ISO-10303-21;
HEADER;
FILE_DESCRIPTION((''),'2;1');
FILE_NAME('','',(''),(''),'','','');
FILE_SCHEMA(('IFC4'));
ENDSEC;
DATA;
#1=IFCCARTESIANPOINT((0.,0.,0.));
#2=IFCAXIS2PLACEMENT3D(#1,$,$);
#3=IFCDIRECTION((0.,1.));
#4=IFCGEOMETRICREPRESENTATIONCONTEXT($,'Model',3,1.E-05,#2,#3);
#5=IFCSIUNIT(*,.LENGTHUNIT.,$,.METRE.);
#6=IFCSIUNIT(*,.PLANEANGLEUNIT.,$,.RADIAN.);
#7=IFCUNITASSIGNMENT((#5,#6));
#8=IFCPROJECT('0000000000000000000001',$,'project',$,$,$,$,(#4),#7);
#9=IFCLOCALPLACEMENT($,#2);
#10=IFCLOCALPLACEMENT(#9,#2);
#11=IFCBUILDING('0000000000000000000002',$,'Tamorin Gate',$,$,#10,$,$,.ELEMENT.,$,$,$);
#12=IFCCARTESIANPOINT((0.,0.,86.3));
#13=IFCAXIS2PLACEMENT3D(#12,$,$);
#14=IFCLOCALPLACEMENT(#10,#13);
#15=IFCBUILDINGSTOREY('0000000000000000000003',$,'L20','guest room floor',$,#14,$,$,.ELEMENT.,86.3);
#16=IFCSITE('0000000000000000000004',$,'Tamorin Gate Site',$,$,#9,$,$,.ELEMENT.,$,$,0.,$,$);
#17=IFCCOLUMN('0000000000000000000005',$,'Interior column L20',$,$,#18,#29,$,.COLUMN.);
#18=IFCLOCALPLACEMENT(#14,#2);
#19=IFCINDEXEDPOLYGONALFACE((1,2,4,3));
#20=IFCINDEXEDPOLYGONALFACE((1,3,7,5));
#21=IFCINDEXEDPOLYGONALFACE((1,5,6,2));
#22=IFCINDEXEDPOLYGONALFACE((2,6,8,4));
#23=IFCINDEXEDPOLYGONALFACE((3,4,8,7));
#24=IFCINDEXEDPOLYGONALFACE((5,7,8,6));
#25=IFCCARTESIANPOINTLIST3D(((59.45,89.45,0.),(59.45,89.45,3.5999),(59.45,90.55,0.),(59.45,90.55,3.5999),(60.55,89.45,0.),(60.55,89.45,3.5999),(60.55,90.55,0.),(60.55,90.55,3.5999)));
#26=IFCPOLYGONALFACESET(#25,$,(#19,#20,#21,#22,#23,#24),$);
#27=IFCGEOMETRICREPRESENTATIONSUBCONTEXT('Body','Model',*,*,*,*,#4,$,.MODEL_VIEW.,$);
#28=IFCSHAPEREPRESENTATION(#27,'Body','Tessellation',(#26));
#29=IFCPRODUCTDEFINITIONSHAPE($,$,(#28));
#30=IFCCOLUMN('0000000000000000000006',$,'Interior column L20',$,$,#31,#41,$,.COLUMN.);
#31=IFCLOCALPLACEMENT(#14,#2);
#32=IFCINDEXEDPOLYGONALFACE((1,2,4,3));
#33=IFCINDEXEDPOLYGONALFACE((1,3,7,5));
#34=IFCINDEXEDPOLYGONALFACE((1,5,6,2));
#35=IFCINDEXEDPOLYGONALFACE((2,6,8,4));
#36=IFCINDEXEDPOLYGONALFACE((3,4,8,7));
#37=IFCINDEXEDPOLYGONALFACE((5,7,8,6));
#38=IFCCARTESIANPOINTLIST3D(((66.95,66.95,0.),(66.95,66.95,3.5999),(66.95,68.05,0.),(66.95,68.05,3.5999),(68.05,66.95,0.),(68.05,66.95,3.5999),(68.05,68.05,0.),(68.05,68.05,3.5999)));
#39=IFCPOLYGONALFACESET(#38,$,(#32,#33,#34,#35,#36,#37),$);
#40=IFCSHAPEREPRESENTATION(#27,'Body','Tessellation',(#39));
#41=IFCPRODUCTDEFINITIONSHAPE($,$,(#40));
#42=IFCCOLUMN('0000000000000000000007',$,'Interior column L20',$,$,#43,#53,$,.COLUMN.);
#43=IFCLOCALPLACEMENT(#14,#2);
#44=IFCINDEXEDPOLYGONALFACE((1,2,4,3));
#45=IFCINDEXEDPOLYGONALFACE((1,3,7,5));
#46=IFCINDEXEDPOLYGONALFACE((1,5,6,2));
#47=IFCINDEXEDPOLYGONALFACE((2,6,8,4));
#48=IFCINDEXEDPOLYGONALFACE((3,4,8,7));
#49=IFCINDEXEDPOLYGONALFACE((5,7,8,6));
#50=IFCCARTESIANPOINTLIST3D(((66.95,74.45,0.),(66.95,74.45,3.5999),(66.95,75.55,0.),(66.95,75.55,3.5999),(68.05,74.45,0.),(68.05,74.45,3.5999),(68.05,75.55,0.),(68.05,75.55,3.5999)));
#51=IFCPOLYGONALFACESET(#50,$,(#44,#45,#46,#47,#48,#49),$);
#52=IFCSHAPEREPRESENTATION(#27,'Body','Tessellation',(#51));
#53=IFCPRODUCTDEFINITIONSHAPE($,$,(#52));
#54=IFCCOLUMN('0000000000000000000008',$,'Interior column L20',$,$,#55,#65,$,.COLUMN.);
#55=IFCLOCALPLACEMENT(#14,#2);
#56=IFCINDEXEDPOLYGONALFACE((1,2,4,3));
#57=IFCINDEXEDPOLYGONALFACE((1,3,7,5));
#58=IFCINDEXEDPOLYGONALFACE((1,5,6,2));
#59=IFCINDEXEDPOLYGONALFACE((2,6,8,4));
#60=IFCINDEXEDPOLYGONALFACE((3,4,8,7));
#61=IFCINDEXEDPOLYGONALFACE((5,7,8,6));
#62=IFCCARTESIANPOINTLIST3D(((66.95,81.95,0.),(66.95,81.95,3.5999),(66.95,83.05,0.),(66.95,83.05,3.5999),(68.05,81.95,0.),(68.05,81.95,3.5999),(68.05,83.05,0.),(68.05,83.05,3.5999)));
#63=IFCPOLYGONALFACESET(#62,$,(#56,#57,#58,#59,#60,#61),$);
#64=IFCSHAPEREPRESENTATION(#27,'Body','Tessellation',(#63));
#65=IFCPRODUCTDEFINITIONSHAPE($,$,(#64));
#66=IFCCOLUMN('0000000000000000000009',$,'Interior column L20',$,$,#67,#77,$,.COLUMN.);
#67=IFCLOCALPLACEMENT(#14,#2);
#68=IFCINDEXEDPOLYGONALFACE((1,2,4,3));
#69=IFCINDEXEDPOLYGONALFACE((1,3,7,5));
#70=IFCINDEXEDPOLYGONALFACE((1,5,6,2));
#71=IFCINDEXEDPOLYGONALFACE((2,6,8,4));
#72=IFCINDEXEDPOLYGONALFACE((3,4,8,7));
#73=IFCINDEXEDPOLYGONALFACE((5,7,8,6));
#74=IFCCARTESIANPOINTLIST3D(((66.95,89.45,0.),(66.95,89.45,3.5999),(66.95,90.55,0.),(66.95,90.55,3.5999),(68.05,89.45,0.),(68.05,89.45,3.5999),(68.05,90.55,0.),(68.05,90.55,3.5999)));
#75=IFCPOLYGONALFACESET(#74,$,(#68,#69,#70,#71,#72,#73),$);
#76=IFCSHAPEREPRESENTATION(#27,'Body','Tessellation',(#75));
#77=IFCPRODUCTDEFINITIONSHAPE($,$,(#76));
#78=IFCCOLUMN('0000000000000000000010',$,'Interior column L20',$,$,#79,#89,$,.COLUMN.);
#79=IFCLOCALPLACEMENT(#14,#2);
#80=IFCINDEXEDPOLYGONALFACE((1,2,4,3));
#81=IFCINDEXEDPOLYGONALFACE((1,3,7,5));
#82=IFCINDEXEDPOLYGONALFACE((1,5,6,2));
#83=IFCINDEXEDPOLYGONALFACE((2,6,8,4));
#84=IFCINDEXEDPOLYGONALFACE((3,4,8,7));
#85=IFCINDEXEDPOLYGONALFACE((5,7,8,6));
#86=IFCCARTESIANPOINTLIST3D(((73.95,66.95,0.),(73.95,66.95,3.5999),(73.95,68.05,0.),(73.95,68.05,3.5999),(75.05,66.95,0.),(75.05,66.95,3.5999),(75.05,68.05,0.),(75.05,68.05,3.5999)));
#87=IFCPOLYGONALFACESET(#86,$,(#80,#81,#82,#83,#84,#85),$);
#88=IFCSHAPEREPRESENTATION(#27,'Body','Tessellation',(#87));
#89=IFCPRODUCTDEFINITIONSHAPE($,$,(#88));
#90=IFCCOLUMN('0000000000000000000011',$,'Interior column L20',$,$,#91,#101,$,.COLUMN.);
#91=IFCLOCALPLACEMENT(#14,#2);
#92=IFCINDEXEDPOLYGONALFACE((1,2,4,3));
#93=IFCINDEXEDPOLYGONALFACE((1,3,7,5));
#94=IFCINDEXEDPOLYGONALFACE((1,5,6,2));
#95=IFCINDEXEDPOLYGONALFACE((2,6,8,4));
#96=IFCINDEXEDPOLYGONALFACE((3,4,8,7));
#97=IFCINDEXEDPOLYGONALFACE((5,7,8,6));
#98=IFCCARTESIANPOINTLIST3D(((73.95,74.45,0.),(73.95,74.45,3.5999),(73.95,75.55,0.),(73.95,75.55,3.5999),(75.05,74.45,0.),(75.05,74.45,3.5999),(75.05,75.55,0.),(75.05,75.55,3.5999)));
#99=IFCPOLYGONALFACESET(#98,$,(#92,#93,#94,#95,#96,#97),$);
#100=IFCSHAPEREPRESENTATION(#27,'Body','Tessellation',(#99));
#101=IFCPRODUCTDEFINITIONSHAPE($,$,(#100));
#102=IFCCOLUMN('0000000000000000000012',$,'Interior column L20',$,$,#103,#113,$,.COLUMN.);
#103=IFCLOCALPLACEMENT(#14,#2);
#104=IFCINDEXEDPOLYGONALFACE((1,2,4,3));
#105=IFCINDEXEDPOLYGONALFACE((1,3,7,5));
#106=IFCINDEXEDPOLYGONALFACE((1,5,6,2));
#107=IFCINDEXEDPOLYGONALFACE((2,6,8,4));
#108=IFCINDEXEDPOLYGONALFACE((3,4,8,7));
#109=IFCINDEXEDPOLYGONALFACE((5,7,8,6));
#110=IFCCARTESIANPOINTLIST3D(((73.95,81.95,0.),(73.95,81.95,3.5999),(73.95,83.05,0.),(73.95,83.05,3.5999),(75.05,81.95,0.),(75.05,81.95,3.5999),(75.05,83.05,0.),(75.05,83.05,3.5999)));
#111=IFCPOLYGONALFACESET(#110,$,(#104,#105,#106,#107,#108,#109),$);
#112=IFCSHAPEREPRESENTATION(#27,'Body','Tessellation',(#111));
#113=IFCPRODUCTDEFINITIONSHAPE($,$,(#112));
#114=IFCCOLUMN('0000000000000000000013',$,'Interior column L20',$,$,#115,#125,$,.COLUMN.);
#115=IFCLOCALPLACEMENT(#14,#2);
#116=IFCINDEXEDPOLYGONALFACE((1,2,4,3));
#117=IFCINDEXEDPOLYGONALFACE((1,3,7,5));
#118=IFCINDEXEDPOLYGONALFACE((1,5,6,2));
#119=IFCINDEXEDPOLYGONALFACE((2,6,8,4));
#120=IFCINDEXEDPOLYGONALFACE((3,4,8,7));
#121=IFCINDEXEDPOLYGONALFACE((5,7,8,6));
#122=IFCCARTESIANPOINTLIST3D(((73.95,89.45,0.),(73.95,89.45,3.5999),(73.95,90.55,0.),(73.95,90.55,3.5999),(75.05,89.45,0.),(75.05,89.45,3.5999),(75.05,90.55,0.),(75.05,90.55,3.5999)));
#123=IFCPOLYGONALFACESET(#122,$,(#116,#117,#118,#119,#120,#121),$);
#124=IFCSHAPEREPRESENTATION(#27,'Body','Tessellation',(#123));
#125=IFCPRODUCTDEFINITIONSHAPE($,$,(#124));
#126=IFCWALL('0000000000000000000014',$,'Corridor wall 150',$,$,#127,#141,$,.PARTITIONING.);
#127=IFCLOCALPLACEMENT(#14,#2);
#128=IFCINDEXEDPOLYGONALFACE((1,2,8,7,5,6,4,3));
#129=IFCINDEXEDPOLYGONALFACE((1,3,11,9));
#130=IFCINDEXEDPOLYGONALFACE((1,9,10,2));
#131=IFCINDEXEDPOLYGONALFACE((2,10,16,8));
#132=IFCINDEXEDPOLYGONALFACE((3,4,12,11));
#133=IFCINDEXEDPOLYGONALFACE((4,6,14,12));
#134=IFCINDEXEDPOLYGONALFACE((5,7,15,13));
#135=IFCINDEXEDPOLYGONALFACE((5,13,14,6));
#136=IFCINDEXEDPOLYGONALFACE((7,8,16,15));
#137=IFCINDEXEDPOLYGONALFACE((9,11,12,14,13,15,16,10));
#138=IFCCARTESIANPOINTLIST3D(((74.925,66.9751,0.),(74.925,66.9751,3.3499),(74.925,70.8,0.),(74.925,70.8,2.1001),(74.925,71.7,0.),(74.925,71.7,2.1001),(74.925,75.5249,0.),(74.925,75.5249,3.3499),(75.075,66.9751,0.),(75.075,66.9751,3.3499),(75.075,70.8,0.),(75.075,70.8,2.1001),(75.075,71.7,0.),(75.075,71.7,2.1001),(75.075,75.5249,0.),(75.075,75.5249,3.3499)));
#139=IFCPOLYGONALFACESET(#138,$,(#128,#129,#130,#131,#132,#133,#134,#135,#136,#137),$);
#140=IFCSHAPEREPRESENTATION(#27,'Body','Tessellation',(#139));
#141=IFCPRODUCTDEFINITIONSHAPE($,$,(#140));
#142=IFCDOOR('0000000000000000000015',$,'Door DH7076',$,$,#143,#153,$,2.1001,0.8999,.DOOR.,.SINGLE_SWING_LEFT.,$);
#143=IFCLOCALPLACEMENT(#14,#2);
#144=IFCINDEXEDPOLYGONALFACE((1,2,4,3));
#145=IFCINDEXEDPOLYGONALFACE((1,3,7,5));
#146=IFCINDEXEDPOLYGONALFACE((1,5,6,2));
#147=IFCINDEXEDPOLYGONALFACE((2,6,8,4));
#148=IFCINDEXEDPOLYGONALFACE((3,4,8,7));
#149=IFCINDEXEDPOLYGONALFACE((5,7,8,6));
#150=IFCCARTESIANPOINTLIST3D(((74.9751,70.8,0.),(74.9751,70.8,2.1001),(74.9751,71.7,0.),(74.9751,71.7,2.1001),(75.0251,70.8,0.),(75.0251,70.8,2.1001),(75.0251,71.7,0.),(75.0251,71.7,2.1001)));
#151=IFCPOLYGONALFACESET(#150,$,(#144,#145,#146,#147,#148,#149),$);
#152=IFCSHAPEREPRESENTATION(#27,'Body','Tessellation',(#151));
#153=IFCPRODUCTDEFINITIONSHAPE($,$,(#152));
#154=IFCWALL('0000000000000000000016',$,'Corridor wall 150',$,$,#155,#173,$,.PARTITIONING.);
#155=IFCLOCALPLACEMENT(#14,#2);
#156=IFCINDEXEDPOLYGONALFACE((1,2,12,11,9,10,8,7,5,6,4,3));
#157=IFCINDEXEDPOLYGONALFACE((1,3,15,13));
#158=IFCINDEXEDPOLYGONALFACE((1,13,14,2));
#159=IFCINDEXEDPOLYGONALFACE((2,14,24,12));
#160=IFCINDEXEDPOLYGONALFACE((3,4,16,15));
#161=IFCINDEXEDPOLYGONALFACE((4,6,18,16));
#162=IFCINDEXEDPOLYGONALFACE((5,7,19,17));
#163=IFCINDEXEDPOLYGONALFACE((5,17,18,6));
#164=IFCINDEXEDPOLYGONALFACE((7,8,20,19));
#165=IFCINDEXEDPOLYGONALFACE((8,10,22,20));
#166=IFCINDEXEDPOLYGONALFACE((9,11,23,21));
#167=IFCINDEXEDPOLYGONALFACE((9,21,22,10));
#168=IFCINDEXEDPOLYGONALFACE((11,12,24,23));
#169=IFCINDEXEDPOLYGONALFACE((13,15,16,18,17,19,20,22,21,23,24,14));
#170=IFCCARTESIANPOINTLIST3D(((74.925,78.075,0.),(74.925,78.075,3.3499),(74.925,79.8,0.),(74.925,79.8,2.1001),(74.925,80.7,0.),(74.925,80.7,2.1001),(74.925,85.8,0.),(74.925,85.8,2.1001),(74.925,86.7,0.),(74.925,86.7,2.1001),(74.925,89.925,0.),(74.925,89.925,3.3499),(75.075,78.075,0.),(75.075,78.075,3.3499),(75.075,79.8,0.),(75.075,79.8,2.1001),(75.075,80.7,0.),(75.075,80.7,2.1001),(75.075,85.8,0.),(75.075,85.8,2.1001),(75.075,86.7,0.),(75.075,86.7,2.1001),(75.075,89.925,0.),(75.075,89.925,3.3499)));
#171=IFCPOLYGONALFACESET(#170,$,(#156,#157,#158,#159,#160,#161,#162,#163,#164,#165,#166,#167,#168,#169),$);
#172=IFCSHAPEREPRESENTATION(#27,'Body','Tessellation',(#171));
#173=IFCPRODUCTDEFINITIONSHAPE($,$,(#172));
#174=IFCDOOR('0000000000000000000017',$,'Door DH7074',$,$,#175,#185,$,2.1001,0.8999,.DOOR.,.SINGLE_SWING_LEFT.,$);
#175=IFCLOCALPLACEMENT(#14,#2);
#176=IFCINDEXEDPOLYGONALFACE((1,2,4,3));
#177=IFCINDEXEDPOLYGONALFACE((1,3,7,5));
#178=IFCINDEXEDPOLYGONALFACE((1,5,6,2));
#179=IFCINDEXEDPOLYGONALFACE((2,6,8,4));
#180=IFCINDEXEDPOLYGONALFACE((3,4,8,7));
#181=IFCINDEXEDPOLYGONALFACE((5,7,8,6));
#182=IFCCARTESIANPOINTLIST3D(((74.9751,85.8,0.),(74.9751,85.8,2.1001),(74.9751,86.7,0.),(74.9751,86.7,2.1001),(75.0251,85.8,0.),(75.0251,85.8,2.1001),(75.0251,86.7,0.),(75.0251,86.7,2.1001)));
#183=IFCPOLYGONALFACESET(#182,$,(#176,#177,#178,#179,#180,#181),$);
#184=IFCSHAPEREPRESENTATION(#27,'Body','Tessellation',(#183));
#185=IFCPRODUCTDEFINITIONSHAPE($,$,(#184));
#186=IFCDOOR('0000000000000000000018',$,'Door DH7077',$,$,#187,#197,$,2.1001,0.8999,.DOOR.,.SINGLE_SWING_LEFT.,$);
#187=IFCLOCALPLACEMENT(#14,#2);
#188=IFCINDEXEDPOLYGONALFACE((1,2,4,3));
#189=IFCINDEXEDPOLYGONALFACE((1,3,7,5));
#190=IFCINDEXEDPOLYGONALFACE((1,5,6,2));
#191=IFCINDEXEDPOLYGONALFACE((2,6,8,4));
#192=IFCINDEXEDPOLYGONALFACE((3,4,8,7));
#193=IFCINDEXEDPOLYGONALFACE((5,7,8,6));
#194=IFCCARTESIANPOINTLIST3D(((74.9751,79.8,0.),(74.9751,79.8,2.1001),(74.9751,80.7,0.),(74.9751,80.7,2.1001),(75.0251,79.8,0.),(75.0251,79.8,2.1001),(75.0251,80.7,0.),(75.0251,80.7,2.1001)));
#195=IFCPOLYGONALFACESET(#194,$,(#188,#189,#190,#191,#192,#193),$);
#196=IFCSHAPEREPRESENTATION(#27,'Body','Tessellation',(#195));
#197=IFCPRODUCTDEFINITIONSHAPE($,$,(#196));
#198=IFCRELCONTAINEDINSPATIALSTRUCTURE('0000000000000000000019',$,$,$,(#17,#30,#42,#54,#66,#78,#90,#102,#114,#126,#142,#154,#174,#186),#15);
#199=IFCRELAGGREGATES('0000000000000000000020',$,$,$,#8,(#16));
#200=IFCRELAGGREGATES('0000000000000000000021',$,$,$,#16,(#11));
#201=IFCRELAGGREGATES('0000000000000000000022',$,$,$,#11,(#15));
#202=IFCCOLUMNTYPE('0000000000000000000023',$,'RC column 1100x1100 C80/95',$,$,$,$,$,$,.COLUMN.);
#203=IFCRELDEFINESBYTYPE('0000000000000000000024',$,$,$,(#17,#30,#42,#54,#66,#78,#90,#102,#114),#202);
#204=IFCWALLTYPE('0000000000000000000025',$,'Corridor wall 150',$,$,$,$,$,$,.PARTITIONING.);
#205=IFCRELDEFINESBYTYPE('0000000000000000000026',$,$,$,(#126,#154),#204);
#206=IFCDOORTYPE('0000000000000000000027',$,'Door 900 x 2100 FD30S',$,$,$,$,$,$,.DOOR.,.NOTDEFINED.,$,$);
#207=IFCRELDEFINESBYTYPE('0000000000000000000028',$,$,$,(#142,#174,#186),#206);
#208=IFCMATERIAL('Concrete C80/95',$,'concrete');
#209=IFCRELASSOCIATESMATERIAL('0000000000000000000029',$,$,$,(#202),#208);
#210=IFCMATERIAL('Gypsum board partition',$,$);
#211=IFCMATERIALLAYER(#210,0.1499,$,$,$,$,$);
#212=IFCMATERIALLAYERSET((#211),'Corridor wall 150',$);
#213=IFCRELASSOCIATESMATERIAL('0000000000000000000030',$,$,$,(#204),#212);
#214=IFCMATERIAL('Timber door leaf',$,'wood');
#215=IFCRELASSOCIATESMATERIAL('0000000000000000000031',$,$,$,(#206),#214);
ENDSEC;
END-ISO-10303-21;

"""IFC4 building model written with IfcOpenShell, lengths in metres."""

from ifc_helpers import new_model, si_unit, direction, frame, frame_2d, origin, origin_2d, place, context, subcontext, project, spatial, rectangle, extrude, material, layer, layer_set, material_profile, profile_set, type_object, element, fill, save


model = new_model("IFC4")

# Units and contexts
model_context = context("Model", 3, precision=1e-05, world=origin(), true_north=direction((0.0, 1.0)))
body_context = subcontext(model_context, "Body", "Model", "MODEL_VIEW")
ifc_project = project(units=[si_unit("LENGTHUNIT", "METRE"), si_unit("PLANEANGLEUNIT", "RADIAN")], contexts=[model_context])

# Site, building, storey
site_placement = place(None, origin())
site = spatial("IfcSite", under=ifc_project, at=site_placement, Name="Tamorin Gate Site", CompositionType="ELEMENT", RefElevation=0.0)
building_placement = place(site_placement, origin())
building = spatial("IfcBuilding", under=site, at=building_placement, Name="Tamorin Gate", CompositionType="ELEMENT")
storey_placement = place(building_placement, frame((0.0, 0.0, 86.3)))
storey = spatial("IfcBuildingStorey", under=building, at=storey_placement, Name="L20", Description="guest room floor", CompositionType="ELEMENT", Elevation=86.3)

# Columns
ifc_material_1 = material(Name="Concrete C80/95", Category="concrete")
ifc_material_profile = material_profile(ifc_material_1, rectangle(XDim=1.1001, YDim=1.1001, at=origin_2d()), Name="RC 1100x1100")
ifc_profile_set = profile_set([ifc_material_profile], Name="Concrete C80/95")
column_type = type_object("IfcColumnType", Name="RC column 1100x1100 C80/95", PredefinedType="COLUMN", material=ifc_profile_set)
for number, where, z_axis, x_axis, name in (
    (1, (60.0, 90.0, 0.0), (0.0, 0.0, 1.0), (1.0, 0.0, 0.0), "Interior column L20"),
    (2, (67.5, 67.5, 0.0), (0.0, 0.0, 1.0), (1.0, 0.0, 0.0), "Interior column L20"),
    (3, (67.5, 75.0, 0.0), (0.0, 0.0, 1.0), (1.0, 0.0, 0.0), "Interior column L20"),
    (4, (67.5, 82.5, 0.0), (0.0, 0.0, 1.0), (1.0, 0.0, 0.0), "Interior column L20"),
    (5, (67.5, 90.0, 0.0), (0.0, 0.0, 1.0), (1.0, 0.0, 0.0), "Interior column L20"),
    (6, (74.5, 67.5, 0.0), (0.0, 0.0, 1.0), (1.0, 0.0, 0.0), "Interior column L20"),
    (7, (74.5, 75.0, 0.0), (0.0, 0.0, 1.0), (1.0, 0.0, 0.0), "Interior column L20"),
    (8, (74.5, 82.5, 0.0), (0.0, 0.0, 1.0), (1.0, 0.0, 0.0), "Interior column L20"),
    (9, (74.5, 90.0, 0.0), (0.0, 0.0, 1.0), (1.0, 0.0, 0.0), "Interior column L20"),
):
    element("IfcColumn", number, at=place(storey_placement, frame(where, z_axis=z_axis, x_axis=x_axis)), inside=storey, type_object=column_type, Name=name, PredefinedType="COLUMN", context=body_context, shape_type="SweptSolid", body=[
        extrude(rectangle(XDim=1.1001, YDim=1.1001, at=origin_2d()), origin(), (0.0, 0.0, 1.0), 3.5999),
    ])

# Wall, opening, door
ifc_material_2 = material(Name="Gypsum board partition")
ifc_layer_1 = layer(ifc_material_2, 0.1499)
ifc_layer_set_1 = layer_set([ifc_layer_1], Name="Corridor wall 150")
wall_type_1 = type_object("IfcWallType", Name="Corridor wall 150", PredefinedType="PARTITIONING", material=ifc_layer_set_1)
wall_1_placement = place(storey_placement, frame((75.0, 66.9751, 0.0), z_axis=(0.0, 0.0, 1.0), x_axis=(0.0, 1.0, 0.0)))
wall_1 = element("IfcWall", 10, at=wall_1_placement, inside=storey, type_object=wall_type_1, Name="Corridor wall 150", PredefinedType="PARTITIONING", context=body_context, shape_type="SweptSolid", body=[
    extrude(rectangle(XDim=8.5498, YDim=0.1499, at=frame_2d((4.2749, 0.0))), origin(), (0.0, 0.0, 1.0), 3.3499),
])
opening_1_placement = place(wall_1_placement, frame((3.825, 0.0, 0.0)))
opening_1 = element("IfcOpeningElement", 11, at=opening_1_placement, cuts=wall_1, PredefinedType="OPENING", context=body_context, shape_type="SweptSolid", body=[
    extrude(rectangle(XDim=0.8999, YDim=2.1001, at=frame_2d((0.45, 1.05))), frame((0.0, 0.085, 0.0), z_axis=(0.0, -1.0, 0.0), x_axis=(1.0, 0.0, 0.0)), (0.0, 0.0, 1.0), 0.1699),
])
ifc_material_3 = material(Name="Timber door leaf", Category="wood")
door_type = type_object("IfcDoorType", Name="Door 900 x 2100 FD30S", OperationType="NOTDEFINED", PredefinedType="DOOR", material=ifc_material_3)
door_1_placement = place(opening_1_placement, origin())
door_1 = element("IfcDoor", 12, at=door_1_placement, inside=storey, type_object=door_type, Name="Door DH7076", OperationType="SINGLE_SWING_LEFT", OverallHeight=2.1001, OverallWidth=0.8999, PredefinedType="DOOR", context=body_context, shape_type="SweptSolid", body=[
    extrude(rectangle(XDim=0.8999, YDim=2.1001, at=frame_2d((0.45, 1.05))), frame((0.0, 0.0249, 0.0), z_axis=(0.0, -1.0, 0.0), x_axis=(1.0, 0.0, 0.0)), (0.0, 0.0, 1.0), 0.05),
])
fill(opening_1, door_1)

# Wall, openings, doors
wall_2_placement = place(storey_placement, frame((75.0, 78.075, 0.0), z_axis=(0.0, 0.0, 1.0), x_axis=(0.0, 1.0, 0.0)))
wall_2 = element("IfcWall", 13, at=wall_2_placement, inside=storey, type_object=wall_type_1, Name="Corridor wall 150", PredefinedType="PARTITIONING", context=body_context, shape_type="SweptSolid", body=[
    extrude(rectangle(XDim=11.8501, YDim=0.1499, at=frame_2d((5.925, 0.0))), origin(), (0.0, 0.0, 1.0), 3.3499),
])
opening_2_placement = place(wall_2_placement, frame((7.7251, 0.0, 0.0)))
opening_2 = element("IfcOpeningElement", 14, at=opening_2_placement, cuts=wall_2, PredefinedType="OPENING", context=body_context, shape_type="SweptSolid", body=[
    extrude(rectangle(XDim=0.8999, YDim=2.1001, at=frame_2d((0.45, 1.05))), frame((0.0, 0.085, 0.0), z_axis=(0.0, -1.0, 0.0), x_axis=(1.0, 0.0, 0.0)), (0.0, 0.0, 1.0), 0.1699),
])
opening_3_placement = place(wall_2_placement, frame((1.7251, 0.0, 0.0)))
opening_3 = element("IfcOpeningElement", 15, at=opening_3_placement, cuts=wall_2, PredefinedType="OPENING", context=body_context, shape_type="SweptSolid", body=[
    extrude(rectangle(XDim=0.8999, YDim=2.1001, at=frame_2d((0.45, 1.05))), frame((0.0, 0.085, 0.0), z_axis=(0.0, -1.0, 0.0), x_axis=(1.0, 0.0, 0.0)), (0.0, 0.0, 1.0), 0.1699),
])
door_2_placement = place(opening_2_placement, origin())
door_2 = element("IfcDoor", 16, at=door_2_placement, inside=storey, type_object=door_type, Name="Door DH7074", OperationType="SINGLE_SWING_LEFT", OverallHeight=2.1001, OverallWidth=0.8999, PredefinedType="DOOR", context=body_context, shape_type="SweptSolid", body=[
    extrude(rectangle(XDim=0.8999, YDim=2.1001, at=frame_2d((0.45, 1.05))), frame((0.0, 0.0249, 0.0), z_axis=(0.0, -1.0, 0.0), x_axis=(1.0, 0.0, 0.0)), (0.0, 0.0, 1.0), 0.05),
])
fill(opening_2, door_2)
door_3_placement = place(opening_3_placement, origin())
door_3 = element("IfcDoor", 17, at=door_3_placement, inside=storey, type_object=door_type, Name="Door DH7077", OperationType="SINGLE_SWING_LEFT", OverallHeight=2.1001, OverallWidth=0.8999, PredefinedType="DOOR", context=body_context, shape_type="SweptSolid", body=[
    extrude(rectangle(XDim=0.8999, YDim=2.1001, at=frame_2d((0.45, 1.05))), frame((0.0, 0.0249, 0.0), z_axis=(0.0, -1.0, 0.0), x_axis=(1.0, 0.0, 0.0)), (0.0, 0.0, 1.0), 0.05),
])
fill(opening_3, door_3)

save(model, "model.ifc")
